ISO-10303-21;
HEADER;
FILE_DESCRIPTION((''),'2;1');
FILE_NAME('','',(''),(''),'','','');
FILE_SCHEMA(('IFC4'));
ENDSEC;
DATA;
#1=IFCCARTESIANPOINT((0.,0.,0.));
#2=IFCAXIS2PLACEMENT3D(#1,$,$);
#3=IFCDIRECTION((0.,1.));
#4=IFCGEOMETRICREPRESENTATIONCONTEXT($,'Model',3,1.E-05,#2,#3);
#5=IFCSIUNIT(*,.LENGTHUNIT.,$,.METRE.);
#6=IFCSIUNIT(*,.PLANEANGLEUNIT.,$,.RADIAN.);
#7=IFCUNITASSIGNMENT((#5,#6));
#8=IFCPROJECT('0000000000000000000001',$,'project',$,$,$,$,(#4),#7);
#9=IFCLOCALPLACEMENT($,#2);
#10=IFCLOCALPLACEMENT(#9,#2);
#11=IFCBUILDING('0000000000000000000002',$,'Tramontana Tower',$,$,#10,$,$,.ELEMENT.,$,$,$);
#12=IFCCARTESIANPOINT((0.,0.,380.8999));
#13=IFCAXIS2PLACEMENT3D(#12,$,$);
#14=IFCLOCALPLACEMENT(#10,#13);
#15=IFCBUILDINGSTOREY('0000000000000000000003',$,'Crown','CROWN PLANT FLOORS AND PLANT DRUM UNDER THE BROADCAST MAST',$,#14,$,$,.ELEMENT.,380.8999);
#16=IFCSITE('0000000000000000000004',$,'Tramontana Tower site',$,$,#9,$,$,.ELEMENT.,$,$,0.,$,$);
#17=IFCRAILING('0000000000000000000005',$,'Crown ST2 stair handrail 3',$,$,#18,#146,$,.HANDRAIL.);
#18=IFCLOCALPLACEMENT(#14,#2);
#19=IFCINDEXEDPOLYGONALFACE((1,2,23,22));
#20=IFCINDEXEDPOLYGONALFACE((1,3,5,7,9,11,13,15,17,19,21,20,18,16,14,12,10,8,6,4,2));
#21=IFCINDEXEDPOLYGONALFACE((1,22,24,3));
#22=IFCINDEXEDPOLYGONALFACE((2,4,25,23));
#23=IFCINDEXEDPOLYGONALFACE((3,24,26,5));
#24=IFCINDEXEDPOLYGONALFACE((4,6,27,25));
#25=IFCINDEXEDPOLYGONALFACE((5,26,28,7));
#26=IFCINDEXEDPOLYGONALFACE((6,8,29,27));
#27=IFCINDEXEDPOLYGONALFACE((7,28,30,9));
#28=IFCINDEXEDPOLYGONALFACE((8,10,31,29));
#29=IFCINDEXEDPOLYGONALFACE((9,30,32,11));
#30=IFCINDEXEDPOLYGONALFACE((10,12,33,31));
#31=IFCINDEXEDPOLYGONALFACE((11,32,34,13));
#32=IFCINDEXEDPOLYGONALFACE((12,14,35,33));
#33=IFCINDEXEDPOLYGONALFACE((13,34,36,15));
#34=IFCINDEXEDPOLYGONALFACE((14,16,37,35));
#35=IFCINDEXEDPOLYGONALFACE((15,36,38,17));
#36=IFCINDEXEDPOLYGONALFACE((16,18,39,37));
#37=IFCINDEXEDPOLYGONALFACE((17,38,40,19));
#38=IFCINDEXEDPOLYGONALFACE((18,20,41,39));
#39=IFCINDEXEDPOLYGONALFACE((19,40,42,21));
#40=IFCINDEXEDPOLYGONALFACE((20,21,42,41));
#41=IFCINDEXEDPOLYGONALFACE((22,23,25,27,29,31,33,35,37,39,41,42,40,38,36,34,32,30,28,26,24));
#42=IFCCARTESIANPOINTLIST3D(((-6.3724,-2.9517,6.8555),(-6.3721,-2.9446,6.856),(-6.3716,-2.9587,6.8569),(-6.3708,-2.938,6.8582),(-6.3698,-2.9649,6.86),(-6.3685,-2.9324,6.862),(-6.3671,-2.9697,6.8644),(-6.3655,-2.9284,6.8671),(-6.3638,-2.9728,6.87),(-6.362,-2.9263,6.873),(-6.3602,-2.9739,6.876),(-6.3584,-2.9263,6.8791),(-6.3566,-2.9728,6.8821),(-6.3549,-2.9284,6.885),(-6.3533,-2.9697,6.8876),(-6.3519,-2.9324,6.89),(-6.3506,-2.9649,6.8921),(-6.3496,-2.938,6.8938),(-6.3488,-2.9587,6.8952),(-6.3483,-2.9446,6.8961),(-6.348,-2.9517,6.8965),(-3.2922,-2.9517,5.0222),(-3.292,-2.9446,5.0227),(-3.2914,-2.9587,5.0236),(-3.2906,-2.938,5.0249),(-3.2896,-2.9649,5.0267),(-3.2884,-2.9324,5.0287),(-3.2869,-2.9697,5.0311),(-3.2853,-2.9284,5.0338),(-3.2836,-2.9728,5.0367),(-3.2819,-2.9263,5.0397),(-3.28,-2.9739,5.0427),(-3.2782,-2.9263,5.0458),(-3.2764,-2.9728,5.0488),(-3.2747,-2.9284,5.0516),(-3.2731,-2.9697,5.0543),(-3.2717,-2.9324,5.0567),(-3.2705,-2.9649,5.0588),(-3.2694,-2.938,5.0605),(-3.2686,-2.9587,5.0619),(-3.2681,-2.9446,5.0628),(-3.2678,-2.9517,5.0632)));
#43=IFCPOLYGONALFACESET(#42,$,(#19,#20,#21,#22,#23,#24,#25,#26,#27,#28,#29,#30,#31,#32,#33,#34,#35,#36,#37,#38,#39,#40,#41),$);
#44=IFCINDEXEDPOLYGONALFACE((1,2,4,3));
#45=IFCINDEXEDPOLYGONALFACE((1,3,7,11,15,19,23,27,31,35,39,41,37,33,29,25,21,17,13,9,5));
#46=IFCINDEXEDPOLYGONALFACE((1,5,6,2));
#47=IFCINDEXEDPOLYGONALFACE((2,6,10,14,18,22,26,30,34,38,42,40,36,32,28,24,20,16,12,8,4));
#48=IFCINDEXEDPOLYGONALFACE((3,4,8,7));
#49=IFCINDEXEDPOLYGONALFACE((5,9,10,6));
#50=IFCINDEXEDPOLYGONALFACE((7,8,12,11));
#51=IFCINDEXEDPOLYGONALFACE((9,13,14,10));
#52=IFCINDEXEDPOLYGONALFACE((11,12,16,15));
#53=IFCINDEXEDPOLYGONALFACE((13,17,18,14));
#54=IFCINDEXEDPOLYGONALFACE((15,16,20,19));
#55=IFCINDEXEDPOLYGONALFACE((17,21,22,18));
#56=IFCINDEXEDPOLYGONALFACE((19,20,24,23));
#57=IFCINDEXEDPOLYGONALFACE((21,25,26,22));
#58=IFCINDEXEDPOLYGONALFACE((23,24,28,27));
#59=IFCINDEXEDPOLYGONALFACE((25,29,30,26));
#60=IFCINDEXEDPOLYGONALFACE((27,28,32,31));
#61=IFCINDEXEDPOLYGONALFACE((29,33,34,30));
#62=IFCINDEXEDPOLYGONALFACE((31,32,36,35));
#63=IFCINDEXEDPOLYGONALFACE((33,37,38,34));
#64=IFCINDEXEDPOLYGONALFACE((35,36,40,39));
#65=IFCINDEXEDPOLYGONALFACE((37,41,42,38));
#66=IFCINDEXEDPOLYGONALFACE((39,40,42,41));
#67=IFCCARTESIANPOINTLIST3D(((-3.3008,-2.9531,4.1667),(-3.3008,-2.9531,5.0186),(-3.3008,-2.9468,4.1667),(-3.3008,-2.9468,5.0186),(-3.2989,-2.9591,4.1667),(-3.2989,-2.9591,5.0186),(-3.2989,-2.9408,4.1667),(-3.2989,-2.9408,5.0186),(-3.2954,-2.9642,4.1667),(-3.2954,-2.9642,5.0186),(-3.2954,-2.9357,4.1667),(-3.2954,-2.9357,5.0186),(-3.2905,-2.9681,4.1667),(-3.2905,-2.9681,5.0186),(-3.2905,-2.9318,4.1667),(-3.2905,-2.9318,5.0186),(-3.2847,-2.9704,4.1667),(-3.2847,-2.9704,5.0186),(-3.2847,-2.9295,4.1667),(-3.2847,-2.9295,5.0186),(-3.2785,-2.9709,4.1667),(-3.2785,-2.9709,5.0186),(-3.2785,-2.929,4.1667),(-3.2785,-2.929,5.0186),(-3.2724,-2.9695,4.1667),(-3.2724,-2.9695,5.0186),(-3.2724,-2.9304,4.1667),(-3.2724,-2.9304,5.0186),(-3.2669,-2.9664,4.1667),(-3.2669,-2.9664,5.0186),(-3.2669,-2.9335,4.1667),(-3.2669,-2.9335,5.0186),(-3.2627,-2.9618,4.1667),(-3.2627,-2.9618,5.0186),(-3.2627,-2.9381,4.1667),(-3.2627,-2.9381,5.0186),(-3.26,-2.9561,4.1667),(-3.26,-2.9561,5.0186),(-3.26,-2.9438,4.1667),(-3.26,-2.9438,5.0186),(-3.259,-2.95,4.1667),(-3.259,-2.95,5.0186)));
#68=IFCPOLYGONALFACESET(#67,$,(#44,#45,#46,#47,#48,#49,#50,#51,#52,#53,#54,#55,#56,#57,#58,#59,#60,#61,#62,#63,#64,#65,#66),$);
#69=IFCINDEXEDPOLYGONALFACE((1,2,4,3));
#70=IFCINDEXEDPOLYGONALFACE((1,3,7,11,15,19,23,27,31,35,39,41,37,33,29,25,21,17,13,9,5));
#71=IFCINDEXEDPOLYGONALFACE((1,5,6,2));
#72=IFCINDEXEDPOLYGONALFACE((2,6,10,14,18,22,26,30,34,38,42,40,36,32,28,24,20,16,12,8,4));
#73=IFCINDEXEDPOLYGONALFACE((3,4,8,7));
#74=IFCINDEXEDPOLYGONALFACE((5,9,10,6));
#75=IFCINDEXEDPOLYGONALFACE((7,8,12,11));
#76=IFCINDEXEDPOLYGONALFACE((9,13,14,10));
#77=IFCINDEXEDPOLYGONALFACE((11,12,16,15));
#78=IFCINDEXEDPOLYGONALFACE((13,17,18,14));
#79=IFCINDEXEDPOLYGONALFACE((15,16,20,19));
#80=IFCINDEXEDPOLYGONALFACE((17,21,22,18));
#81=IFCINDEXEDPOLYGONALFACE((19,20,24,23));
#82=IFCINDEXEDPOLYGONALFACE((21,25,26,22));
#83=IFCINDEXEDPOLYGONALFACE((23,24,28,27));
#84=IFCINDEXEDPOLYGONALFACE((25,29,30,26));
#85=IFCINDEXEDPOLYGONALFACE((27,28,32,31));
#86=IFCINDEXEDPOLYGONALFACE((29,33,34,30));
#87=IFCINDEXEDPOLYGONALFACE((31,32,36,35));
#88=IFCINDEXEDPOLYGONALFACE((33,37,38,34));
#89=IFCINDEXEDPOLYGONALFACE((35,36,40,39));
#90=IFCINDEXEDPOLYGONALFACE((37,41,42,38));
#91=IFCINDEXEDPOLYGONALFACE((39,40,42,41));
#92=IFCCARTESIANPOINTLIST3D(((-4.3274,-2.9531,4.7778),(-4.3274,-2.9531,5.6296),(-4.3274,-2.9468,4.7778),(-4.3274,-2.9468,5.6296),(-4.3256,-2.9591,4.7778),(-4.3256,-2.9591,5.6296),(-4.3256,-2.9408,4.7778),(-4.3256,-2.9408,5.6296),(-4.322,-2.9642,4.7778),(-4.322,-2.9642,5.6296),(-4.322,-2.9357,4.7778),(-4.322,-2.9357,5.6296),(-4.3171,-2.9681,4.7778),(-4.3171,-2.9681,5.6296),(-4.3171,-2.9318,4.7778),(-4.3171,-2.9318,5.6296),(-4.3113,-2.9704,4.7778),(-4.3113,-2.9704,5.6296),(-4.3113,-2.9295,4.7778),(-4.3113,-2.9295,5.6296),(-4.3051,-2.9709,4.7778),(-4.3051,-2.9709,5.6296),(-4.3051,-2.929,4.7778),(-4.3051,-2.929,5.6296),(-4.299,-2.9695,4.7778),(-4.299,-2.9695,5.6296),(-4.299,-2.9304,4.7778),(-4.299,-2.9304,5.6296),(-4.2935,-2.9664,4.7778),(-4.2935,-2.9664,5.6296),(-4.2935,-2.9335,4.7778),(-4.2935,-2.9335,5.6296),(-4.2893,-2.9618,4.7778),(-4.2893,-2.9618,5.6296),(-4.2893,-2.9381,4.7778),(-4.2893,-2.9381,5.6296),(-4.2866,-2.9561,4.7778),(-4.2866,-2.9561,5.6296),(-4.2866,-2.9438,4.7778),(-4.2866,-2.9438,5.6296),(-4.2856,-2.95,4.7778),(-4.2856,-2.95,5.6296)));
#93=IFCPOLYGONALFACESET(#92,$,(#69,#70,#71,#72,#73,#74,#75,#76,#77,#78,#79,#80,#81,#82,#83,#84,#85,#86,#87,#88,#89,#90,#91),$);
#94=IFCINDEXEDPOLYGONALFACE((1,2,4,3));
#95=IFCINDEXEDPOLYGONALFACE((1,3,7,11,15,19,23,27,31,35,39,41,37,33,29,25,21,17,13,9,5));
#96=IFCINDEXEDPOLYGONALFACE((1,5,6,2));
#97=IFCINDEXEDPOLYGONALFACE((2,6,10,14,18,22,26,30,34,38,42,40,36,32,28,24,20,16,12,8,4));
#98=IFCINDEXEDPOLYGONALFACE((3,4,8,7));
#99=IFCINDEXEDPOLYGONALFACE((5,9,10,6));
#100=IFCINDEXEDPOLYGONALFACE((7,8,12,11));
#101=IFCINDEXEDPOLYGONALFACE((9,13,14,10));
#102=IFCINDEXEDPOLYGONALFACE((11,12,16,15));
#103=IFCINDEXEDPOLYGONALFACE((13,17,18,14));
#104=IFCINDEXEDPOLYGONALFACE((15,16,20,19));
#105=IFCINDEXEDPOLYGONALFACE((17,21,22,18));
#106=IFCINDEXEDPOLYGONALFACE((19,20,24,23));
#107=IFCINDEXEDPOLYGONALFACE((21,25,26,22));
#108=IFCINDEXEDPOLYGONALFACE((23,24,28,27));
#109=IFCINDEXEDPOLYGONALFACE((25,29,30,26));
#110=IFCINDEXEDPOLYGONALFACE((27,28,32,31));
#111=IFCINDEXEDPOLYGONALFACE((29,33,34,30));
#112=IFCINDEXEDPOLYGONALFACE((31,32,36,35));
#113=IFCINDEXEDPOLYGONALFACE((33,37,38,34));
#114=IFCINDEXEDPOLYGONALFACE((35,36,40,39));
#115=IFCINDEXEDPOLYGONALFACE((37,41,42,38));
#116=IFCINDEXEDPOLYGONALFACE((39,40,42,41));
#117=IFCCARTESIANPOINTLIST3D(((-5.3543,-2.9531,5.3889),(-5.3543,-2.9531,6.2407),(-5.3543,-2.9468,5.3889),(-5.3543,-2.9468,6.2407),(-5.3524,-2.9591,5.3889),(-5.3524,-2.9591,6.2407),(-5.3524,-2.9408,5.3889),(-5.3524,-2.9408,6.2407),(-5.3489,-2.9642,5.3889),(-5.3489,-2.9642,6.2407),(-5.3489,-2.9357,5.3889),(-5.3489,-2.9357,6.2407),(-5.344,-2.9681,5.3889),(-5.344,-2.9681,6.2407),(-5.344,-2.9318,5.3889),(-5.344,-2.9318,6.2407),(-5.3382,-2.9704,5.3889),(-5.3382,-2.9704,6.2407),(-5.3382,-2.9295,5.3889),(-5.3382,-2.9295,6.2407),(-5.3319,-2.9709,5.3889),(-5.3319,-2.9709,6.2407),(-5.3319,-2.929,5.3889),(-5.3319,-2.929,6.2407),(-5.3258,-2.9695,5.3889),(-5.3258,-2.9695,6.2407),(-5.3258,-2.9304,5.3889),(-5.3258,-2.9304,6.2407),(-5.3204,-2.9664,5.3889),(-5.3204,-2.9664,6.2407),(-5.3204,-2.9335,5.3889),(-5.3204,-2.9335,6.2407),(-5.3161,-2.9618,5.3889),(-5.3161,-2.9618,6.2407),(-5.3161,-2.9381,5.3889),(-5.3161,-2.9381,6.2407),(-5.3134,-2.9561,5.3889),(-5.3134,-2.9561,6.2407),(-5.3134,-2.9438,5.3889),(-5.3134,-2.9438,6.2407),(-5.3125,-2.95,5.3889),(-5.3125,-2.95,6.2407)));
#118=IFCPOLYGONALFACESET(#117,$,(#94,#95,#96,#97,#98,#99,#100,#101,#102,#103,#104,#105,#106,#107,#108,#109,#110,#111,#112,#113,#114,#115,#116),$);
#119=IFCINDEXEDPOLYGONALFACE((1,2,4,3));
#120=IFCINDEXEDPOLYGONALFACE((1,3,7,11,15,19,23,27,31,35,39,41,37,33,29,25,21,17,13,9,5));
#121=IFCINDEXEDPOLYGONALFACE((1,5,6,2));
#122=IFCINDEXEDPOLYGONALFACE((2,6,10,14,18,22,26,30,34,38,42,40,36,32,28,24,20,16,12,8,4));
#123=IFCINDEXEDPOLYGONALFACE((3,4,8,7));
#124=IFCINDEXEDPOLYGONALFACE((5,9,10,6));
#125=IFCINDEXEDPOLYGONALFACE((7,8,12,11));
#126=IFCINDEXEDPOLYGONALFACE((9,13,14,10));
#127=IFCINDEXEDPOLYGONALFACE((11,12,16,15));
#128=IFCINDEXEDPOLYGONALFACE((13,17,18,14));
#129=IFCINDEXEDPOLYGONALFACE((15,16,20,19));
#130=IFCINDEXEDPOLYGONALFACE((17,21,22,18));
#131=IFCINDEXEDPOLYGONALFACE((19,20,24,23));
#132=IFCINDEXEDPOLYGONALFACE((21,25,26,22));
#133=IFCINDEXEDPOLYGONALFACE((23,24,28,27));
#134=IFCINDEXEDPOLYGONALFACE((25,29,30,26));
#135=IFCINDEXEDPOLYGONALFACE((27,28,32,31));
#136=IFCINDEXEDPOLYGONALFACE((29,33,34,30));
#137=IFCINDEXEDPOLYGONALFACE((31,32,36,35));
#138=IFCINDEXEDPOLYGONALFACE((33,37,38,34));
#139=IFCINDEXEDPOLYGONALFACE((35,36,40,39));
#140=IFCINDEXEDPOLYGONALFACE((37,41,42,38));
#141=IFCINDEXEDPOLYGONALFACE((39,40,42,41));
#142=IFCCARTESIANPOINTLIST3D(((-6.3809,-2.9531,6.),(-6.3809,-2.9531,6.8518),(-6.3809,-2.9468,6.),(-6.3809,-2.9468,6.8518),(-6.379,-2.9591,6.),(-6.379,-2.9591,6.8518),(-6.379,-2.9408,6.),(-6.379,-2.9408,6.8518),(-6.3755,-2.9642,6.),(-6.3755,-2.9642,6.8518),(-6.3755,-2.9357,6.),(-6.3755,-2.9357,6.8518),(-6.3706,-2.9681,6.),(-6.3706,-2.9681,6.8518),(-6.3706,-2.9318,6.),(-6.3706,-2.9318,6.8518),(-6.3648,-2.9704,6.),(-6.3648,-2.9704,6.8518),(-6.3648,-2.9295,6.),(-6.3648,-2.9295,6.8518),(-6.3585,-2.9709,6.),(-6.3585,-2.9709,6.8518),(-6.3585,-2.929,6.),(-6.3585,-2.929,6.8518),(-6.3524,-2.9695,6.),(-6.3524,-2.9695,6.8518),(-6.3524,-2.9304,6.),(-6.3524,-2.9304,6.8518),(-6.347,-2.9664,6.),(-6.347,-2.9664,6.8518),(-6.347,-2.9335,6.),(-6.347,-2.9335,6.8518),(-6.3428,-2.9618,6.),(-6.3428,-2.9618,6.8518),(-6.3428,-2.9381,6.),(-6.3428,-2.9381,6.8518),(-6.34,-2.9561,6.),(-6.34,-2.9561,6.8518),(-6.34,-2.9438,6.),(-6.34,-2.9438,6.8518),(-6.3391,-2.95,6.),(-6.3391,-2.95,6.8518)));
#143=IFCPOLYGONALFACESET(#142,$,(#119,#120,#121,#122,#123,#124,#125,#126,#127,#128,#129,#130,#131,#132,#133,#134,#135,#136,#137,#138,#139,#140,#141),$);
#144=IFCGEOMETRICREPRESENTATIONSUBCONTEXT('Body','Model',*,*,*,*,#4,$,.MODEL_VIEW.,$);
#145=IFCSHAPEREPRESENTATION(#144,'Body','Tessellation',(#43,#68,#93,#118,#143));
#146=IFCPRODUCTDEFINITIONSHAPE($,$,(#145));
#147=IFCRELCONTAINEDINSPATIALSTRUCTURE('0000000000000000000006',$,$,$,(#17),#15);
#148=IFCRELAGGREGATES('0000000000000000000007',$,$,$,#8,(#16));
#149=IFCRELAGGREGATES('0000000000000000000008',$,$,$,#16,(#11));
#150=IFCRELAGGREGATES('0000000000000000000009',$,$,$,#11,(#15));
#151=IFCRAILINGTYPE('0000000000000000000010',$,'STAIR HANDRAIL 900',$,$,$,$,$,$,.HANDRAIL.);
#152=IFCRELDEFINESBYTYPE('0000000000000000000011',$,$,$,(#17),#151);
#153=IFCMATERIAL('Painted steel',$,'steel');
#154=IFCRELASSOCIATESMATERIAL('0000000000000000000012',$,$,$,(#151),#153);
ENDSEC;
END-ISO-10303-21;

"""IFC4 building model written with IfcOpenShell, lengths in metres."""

from ifc_helpers import new_model, si_unit, direction, frame, origin, origin_2d, place, context, subcontext, project, spatial, circle, extrude, material, type_object, element, save


model = new_model("IFC4")

# Units and contexts
model_context = context("Model", 3, precision=1e-05, world=origin(), true_north=direction((0.0, 1.0)))
body_context = subcontext(model_context, "Body", "Model", "MODEL_VIEW")
ifc_project = project(units=[si_unit("LENGTHUNIT", "METRE"), si_unit("PLANEANGLEUNIT", "RADIAN")], contexts=[model_context])

# Site, building, storey
site_placement = place(None, origin())
site = spatial("IfcSite", under=ifc_project, at=site_placement, Name="Tramontana Tower site", CompositionType="ELEMENT", RefElevation=0.0)
building_placement = place(site_placement, origin())
building = spatial("IfcBuilding", under=site, at=building_placement, Name="Tramontana Tower", CompositionType="ELEMENT")
storey_placement = place(building_placement, frame((0.0, 0.0, 380.8999)))
storey = spatial("IfcBuildingStorey", under=building, at=storey_placement, Name="Crown", Description="CROWN PLANT FLOORS AND PLANT DRUM UNDER THE BROADCAST MAST", CompositionType="ELEMENT", Elevation=380.8999)

# Railing
ifc_material_1 = material(Name="Painted steel", Category="steel")
railing_type_1 = type_object("IfcRailingType", Name="STAIR HANDRAIL 900", PredefinedType="HANDRAIL", material=ifc_material_1)
for number, where, name in (
    (1, (-3.28, -2.95, 4.1667), "Crown ST2 stair handrail 3"),
):
    element("IfcRailing", number, at=place(storey_placement, frame(where)), inside=storey, type_object=railing_type_1, Name=name, PredefinedType="HANDRAIL", context=body_context, shape_type="SweptSolid", body=[
        extrude(circle(Radius=0.0239, at=origin_2d()), frame((0.0, 0.0, 0.876), z_axis=(-0.859309, 0.0, 0.511458), x_axis=(0.0, -1.0, 0.0)), (0.0, 0.0, 1.0), 3.5845),
        extrude(circle(Radius=0.021, at=origin_2d()), origin(), (0.0, 0.0, 1.0), 0.8518),
        extrude(circle(Radius=0.021, at=origin_2d()), frame((-1.0266, 0.0, 0.6111)), (0.0, 0.0, 1.0), 0.8518),
        extrude(circle(Radius=0.021, at=origin_2d()), frame((-2.0535, 0.0, 1.2222)), (0.0, 0.0, 1.0), 0.8518),
        extrude(circle(Radius=0.021, at=origin_2d()), frame((-3.0801, 0.0, 1.8333)), (0.0, 0.0, 1.0), 0.8518),
    ])

save(model, "model.ifc")
